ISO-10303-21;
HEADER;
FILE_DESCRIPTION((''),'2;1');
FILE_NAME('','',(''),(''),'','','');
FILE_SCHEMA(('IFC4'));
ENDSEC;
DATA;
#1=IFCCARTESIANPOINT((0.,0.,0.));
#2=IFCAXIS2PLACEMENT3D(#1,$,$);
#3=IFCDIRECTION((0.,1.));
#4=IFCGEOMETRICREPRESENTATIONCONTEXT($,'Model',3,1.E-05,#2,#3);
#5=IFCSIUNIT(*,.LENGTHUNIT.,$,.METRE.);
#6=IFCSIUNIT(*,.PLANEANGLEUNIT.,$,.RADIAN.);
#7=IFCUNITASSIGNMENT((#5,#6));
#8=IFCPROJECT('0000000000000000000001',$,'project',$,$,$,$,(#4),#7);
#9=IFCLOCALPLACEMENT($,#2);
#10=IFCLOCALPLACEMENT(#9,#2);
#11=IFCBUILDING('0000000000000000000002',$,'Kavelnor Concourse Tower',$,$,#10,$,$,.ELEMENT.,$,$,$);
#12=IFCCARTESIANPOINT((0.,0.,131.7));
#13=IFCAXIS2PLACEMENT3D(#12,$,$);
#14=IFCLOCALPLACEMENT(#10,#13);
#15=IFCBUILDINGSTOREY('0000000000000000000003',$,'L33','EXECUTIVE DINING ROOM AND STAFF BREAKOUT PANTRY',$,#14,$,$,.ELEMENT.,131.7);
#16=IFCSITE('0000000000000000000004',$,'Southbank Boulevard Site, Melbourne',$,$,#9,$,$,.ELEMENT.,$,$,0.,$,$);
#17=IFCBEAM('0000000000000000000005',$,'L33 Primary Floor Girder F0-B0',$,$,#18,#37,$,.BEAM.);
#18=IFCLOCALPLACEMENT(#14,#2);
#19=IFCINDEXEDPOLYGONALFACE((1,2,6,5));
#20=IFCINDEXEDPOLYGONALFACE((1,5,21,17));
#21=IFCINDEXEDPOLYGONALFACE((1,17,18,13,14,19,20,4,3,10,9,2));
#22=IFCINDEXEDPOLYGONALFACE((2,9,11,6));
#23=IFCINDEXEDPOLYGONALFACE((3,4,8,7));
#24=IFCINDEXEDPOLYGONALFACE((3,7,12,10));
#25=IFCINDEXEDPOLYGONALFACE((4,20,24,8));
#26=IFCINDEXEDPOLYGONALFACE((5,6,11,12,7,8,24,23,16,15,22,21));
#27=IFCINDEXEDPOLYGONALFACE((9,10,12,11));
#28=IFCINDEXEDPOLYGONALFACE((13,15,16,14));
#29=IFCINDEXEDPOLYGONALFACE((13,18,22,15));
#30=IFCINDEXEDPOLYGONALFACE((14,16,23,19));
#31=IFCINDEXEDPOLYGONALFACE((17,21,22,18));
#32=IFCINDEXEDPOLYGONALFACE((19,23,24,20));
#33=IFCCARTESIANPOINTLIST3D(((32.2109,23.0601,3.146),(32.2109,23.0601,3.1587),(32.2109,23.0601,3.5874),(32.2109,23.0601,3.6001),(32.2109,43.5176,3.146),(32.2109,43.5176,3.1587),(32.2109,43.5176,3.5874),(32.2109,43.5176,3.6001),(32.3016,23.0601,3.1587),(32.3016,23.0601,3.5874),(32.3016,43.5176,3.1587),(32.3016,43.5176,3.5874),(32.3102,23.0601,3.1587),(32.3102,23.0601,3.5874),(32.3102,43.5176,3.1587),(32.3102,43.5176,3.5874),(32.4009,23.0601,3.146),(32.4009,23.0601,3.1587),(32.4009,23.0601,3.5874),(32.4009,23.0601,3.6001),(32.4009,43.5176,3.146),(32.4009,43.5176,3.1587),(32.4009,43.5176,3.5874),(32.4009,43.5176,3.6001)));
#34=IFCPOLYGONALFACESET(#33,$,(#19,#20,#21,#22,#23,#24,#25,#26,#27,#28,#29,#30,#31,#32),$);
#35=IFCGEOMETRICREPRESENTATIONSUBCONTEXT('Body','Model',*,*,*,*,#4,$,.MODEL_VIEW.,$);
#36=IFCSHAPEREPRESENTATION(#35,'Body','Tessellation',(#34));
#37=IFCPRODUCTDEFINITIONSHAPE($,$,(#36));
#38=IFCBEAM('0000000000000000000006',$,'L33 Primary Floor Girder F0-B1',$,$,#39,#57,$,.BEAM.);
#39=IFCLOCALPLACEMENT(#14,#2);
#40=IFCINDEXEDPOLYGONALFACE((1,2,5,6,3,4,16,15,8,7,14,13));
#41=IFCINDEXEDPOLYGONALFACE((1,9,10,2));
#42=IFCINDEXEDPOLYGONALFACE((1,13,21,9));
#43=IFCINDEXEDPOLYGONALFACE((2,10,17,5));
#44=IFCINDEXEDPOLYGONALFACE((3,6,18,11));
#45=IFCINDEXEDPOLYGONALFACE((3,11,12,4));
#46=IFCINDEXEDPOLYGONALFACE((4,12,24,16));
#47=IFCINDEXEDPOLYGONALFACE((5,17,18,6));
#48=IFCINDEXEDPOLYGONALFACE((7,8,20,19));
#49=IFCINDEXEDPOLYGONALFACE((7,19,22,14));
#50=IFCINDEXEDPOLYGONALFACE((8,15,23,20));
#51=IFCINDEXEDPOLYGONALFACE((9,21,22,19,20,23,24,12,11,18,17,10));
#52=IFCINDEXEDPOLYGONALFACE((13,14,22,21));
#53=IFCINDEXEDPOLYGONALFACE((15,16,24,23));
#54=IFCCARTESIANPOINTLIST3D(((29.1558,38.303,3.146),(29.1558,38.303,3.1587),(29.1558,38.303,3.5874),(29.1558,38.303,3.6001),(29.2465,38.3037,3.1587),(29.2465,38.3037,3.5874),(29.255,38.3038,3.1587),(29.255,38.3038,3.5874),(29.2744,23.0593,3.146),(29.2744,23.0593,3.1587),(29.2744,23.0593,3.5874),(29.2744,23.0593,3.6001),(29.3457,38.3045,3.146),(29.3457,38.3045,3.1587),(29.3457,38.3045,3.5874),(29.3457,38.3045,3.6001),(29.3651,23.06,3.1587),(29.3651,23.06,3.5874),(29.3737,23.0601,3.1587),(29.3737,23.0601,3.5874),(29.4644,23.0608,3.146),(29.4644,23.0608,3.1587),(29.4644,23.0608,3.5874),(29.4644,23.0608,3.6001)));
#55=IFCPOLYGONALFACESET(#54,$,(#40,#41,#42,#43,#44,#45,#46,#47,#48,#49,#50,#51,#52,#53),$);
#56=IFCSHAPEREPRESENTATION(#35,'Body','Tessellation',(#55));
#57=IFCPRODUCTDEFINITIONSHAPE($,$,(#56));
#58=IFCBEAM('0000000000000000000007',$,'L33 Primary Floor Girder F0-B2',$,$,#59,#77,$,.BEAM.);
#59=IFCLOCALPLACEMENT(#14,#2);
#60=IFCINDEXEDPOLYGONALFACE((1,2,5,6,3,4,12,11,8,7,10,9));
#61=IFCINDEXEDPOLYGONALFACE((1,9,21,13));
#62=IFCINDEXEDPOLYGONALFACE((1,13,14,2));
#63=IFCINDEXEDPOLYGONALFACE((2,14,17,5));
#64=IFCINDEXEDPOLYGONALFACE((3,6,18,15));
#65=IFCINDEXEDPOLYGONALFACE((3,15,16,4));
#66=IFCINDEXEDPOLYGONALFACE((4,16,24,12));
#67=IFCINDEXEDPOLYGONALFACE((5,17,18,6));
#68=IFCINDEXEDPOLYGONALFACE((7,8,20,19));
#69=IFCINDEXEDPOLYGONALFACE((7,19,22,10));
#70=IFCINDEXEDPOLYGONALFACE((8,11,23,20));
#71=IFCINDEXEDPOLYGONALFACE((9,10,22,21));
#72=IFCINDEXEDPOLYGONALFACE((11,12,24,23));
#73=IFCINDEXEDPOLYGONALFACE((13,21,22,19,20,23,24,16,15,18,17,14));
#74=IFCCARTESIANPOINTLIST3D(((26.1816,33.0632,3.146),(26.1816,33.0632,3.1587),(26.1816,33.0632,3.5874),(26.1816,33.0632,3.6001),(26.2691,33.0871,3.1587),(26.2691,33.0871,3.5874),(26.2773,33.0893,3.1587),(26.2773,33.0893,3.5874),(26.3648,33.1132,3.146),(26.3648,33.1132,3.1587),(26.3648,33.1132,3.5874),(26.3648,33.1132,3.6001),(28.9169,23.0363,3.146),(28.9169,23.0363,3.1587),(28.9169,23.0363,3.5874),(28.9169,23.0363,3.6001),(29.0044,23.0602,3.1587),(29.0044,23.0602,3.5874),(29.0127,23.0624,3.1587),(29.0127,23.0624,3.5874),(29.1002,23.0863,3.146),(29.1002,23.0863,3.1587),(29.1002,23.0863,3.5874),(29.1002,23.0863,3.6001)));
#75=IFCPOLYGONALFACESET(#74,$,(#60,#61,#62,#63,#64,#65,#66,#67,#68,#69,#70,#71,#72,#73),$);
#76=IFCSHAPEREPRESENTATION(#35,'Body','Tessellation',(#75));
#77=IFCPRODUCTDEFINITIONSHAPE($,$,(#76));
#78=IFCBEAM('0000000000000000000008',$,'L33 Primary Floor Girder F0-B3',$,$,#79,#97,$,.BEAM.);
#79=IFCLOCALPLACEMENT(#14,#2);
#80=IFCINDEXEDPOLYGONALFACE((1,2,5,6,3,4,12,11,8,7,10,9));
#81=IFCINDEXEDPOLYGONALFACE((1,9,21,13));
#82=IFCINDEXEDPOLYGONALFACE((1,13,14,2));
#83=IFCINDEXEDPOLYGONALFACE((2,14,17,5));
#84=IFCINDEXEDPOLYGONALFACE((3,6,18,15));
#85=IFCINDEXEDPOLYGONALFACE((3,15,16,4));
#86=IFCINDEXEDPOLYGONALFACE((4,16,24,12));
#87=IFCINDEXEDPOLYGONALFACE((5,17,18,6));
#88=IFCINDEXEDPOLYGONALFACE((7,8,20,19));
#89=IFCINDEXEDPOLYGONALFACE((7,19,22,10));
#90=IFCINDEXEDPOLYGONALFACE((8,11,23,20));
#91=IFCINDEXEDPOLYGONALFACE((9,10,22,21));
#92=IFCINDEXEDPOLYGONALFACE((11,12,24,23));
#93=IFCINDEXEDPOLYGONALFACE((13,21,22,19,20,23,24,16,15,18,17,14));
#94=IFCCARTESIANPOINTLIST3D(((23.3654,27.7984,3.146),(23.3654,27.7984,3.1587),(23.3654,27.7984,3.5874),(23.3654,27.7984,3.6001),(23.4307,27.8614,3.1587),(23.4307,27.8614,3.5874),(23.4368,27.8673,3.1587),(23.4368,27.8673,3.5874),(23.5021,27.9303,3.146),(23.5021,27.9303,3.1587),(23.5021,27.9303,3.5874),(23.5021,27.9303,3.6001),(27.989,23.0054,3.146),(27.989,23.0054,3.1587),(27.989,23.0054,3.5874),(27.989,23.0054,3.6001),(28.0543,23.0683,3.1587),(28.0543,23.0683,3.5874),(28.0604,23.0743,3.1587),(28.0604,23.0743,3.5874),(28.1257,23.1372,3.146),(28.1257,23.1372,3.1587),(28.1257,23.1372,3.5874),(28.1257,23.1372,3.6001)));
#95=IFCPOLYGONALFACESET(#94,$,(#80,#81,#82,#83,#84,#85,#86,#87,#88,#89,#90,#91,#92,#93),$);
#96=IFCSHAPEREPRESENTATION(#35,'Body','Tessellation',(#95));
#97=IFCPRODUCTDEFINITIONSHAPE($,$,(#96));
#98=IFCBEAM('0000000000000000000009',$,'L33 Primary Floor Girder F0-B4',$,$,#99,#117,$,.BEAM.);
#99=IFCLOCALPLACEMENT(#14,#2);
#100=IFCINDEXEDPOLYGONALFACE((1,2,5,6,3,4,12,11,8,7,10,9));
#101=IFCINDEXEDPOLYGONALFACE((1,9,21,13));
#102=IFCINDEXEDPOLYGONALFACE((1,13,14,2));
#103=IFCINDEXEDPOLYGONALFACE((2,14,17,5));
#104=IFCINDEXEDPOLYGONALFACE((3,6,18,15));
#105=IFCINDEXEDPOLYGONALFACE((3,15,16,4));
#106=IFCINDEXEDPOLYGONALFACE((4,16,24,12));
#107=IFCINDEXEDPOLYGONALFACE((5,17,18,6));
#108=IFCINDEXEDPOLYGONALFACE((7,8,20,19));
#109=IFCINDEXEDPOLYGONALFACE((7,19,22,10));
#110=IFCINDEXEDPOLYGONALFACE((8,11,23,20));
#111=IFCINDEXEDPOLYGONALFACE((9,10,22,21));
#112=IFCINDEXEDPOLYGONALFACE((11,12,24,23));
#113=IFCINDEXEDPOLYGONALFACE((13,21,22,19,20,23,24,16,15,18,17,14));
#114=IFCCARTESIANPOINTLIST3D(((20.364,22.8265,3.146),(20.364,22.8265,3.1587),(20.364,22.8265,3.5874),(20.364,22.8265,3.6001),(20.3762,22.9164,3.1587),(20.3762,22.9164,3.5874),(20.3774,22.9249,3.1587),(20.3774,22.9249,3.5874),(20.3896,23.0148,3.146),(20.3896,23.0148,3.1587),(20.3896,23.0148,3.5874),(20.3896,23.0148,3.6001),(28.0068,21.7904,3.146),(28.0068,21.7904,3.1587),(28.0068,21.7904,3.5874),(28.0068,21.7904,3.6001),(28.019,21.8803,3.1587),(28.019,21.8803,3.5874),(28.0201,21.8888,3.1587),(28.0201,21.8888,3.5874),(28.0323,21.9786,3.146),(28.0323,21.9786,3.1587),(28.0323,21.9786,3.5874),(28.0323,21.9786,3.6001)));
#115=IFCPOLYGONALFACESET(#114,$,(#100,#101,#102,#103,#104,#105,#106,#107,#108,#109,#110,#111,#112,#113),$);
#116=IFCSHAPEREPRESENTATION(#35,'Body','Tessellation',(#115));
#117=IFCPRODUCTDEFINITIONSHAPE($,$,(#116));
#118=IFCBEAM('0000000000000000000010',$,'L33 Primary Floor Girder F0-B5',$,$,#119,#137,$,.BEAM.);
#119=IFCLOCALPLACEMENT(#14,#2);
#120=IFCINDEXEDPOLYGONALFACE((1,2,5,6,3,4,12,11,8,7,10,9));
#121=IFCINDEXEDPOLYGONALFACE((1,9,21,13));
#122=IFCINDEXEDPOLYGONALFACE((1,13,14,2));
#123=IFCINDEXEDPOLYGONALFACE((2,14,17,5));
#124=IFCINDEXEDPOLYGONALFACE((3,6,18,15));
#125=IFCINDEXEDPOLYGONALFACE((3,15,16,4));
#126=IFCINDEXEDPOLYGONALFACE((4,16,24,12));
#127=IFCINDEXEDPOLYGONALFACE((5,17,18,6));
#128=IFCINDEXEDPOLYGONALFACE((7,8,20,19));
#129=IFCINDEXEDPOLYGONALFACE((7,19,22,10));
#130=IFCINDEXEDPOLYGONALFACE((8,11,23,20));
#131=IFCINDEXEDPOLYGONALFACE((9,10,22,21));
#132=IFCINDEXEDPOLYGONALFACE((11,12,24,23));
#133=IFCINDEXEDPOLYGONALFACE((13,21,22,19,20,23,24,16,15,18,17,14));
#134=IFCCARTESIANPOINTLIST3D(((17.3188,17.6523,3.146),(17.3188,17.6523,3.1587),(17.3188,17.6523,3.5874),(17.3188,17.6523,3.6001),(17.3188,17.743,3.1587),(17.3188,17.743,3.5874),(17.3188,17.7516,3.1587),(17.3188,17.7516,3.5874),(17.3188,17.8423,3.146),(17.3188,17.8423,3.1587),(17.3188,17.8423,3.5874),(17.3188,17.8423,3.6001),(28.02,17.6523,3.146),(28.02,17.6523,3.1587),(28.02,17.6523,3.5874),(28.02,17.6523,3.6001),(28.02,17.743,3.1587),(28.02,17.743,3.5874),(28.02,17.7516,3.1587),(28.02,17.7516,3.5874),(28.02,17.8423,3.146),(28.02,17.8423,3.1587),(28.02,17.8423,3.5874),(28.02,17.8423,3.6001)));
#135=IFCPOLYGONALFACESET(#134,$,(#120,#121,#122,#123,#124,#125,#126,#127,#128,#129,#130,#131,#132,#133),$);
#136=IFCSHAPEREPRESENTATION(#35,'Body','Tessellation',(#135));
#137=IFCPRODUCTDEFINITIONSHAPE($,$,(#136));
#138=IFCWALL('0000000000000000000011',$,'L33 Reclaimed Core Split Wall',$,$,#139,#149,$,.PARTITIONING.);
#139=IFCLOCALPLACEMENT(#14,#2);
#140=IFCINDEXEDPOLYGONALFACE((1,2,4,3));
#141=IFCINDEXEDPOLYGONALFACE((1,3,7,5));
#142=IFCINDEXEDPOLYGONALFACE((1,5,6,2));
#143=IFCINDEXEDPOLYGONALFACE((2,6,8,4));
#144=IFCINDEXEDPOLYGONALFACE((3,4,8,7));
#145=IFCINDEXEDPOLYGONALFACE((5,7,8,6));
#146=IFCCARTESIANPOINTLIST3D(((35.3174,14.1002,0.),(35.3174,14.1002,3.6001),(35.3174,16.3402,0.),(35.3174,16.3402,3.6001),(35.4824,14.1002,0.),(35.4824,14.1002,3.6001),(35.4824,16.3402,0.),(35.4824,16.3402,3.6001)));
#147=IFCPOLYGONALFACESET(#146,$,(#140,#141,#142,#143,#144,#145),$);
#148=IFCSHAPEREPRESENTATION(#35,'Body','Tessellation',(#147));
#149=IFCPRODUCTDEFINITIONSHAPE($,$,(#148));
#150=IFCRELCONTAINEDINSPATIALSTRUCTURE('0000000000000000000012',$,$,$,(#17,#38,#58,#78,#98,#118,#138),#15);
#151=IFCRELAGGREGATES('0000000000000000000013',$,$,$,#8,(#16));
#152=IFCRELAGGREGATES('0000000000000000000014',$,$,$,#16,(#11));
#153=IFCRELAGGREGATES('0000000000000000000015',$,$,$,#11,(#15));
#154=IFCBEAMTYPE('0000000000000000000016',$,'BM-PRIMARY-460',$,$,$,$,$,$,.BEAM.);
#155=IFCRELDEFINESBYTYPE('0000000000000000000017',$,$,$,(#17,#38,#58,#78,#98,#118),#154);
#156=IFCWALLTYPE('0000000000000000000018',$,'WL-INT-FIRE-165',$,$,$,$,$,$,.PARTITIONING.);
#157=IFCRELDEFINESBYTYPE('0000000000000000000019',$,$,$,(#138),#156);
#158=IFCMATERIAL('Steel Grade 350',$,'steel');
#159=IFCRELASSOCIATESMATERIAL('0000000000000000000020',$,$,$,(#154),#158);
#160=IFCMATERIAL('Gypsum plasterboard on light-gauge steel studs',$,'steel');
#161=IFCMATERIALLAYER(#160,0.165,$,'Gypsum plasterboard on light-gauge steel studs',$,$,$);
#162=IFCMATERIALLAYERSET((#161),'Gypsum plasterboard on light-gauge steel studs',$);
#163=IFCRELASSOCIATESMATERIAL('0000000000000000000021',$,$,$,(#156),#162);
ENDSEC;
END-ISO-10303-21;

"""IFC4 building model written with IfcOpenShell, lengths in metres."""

from ifc_helpers import new_model, si_unit, direction, frame, frame_2d, origin, origin_2d, place, context, subcontext, project, spatial, rectangle, i_section, extrude, material, layer, layer_set, material_profile, profile_set, type_object, element, save


model = new_model("IFC4")

# Units and contexts
model_context = context("Model", 3, precision=1e-05, world=origin(), true_north=direction((0.0, 1.0)))
body_context = subcontext(model_context, "Body", "Model", "MODEL_VIEW")
ifc_project = project(units=[si_unit("LENGTHUNIT", "METRE"), si_unit("PLANEANGLEUNIT", "RADIAN")], contexts=[model_context])

# Site, building, storey
site_placement = place(None, origin())
site = spatial("IfcSite", under=ifc_project, at=site_placement, Name="Southbank Boulevard Site, Melbourne", CompositionType="ELEMENT", RefElevation=0.0)
building_placement = place(site_placement, origin())
building = spatial("IfcBuilding", under=site, at=building_placement, Name="Kavelnor Concourse Tower", CompositionType="ELEMENT")
storey_placement = place(building_placement, frame((0.0, 0.0, 131.7)))
storey = spatial("IfcBuildingStorey", under=building, at=storey_placement, Name="L33", Description="EXECUTIVE DINING ROOM AND STAFF BREAKOUT PANTRY", CompositionType="ELEMENT", Elevation=131.7)

# Beams
ifc_material_1 = material(Name="Steel Grade 350", Category="steel")
ifc_material_profile = material_profile(ifc_material_1, i_section(OverallWidth=0.1899, OverallDepth=0.4541, WebThickness=0.0085, FlangeThickness=0.0127, at=origin_2d()), Name="460UB67")
ifc_profile_set = profile_set([ifc_material_profile], Name="Steel Grade 350")
beam_type = type_object("IfcBeamType", Name="BM-PRIMARY-460", PredefinedType="BEAM", material=ifc_profile_set)
beam_1_placement = place(storey_placement, frame((32.3059, 23.0601, 3.373), z_axis=(0.0, 1.0, 0.0), x_axis=(-1.0, 0.0, 0.0)))
element("IfcBeam", 1, at=beam_1_placement, inside=storey, type_object=beam_type, Name="L33 Primary Floor Girder F0-B0", PredefinedType="BEAM", context=body_context, shape_type="SweptSolid", body=[
    extrude(i_section(OverallWidth=0.1899, OverallDepth=0.4541, WebThickness=0.0085, FlangeThickness=0.0127, at=origin_2d()), origin(), (0.0, 0.0, 1.0), 20.4575),
])
beam_2_placement = place(storey_placement, frame((29.3694, 23.0601, 3.373), z_axis=(-0.007783, 0.99997, 0.0), x_axis=(-0.99997, -0.007783, 0.0)))
element("IfcBeam", 2, at=beam_2_placement, inside=storey, type_object=beam_type, Name="L33 Primary Floor Girder F0-B1", PredefinedType="BEAM", context=body_context, shape_type="SweptSolid", body=[
    extrude(i_section(OverallWidth=0.1899, OverallDepth=0.4541, WebThickness=0.0085, FlangeThickness=0.0127, at=origin_2d()), origin(), (0.0, 0.0, 1.0), 15.2441),
])
beam_3_placement = place(storey_placement, frame((29.0085, 23.0613, 3.373), z_axis=(-0.263185, 0.964745, 0.0), x_axis=(-0.964745, -0.263185, 0.0)))
element("IfcBeam", 3, at=beam_3_placement, inside=storey, type_object=beam_type, Name="L33 Primary Floor Girder F0-B2", PredefinedType="BEAM", context=body_context, shape_type="SweptSolid", body=[
    extrude(i_section(OverallWidth=0.1899, OverallDepth=0.4541, WebThickness=0.0085, FlangeThickness=0.0127, at=origin_2d()), origin(), (0.0, 0.0, 1.0), 10.3933),
])
beam_4_placement = place(storey_placement, frame((28.0574, 23.0713, 3.373), z_axis=(-0.694271, 0.719713, 0.0), x_axis=(-0.719713, -0.694271, 0.0)))
element("IfcBeam", 4, at=beam_4_placement, inside=storey, type_object=beam_type, Name="L33 Primary Floor Girder F0-B3", PredefinedType="BEAM", context=body_context, shape_type="SweptSolid", body=[
    extrude(i_section(OverallWidth=0.1899, OverallDepth=0.4541, WebThickness=0.0085, FlangeThickness=0.0127, at=origin_2d()), origin(), (0.0, 0.0, 1.0), 6.6597),
])
beam_5_placement = place(storey_placement, frame((28.0195, 21.8845, 3.373), z_axis=(-0.990935, 0.13434, 0.0), x_axis=(-0.13434, -0.990935, 0.0)))
element("IfcBeam", 5, at=beam_5_placement, inside=storey, type_object=beam_type, Name="L33 Primary Floor Girder F0-B4", PredefinedType="BEAM", context=body_context, shape_type="SweptSolid", body=[
    extrude(i_section(OverallWidth=0.1899, OverallDepth=0.4541, WebThickness=0.0085, FlangeThickness=0.0127, at=origin_2d()), origin(), (0.0, 0.0, 1.0), 7.7126),
])
beam_6_placement = place(storey_placement, frame((28.02, 17.7473, 3.373), z_axis=(-1.0, 0.0, 0.0), x_axis=(0.0, -1.0, 0.0)))
element("IfcBeam", 6, at=beam_6_placement, inside=storey, type_object=beam_type, Name="L33 Primary Floor Girder F0-B5", PredefinedType="BEAM", context=body_context, shape_type="SweptSolid", body=[
    extrude(i_section(OverallWidth=0.1899, OverallDepth=0.4541, WebThickness=0.0085, FlangeThickness=0.0127, at=origin_2d()), origin(), (0.0, 0.0, 1.0), 10.7012),
])

# Wall
ifc_material_2 = material(Name="Gypsum plasterboard on light-gauge steel studs", Category="steel")
ifc_layer_1 = layer(ifc_material_2, 0.165, Name="Gypsum plasterboard on light-gauge steel studs")
ifc_layer_set_1 = layer_set([ifc_layer_1], Name="Gypsum plasterboard on light-gauge steel studs")
wall_type_1 = type_object("IfcWallType", Name="WL-INT-FIRE-165", PredefinedType="PARTITIONING", material=ifc_layer_set_1)
wall_1_placement = place(storey_placement, frame((35.3999, 14.1001, 0.0), z_axis=(0.0, 0.0, 1.0), x_axis=(0.0, 1.0, 0.0)))
element("IfcWall", 7, at=wall_1_placement, inside=storey, type_object=wall_type_1, Name="L33 Reclaimed Core Split Wall", PredefinedType="PARTITIONING", context=body_context, shape_type="SweptSolid", body=[
    extrude(rectangle(XDim=2.24, YDim=0.165, at=frame_2d((1.1201, 0.0))), origin(), (0.0, 0.0, 1.0), 3.6001),
])

save(model, "model.ifc")
